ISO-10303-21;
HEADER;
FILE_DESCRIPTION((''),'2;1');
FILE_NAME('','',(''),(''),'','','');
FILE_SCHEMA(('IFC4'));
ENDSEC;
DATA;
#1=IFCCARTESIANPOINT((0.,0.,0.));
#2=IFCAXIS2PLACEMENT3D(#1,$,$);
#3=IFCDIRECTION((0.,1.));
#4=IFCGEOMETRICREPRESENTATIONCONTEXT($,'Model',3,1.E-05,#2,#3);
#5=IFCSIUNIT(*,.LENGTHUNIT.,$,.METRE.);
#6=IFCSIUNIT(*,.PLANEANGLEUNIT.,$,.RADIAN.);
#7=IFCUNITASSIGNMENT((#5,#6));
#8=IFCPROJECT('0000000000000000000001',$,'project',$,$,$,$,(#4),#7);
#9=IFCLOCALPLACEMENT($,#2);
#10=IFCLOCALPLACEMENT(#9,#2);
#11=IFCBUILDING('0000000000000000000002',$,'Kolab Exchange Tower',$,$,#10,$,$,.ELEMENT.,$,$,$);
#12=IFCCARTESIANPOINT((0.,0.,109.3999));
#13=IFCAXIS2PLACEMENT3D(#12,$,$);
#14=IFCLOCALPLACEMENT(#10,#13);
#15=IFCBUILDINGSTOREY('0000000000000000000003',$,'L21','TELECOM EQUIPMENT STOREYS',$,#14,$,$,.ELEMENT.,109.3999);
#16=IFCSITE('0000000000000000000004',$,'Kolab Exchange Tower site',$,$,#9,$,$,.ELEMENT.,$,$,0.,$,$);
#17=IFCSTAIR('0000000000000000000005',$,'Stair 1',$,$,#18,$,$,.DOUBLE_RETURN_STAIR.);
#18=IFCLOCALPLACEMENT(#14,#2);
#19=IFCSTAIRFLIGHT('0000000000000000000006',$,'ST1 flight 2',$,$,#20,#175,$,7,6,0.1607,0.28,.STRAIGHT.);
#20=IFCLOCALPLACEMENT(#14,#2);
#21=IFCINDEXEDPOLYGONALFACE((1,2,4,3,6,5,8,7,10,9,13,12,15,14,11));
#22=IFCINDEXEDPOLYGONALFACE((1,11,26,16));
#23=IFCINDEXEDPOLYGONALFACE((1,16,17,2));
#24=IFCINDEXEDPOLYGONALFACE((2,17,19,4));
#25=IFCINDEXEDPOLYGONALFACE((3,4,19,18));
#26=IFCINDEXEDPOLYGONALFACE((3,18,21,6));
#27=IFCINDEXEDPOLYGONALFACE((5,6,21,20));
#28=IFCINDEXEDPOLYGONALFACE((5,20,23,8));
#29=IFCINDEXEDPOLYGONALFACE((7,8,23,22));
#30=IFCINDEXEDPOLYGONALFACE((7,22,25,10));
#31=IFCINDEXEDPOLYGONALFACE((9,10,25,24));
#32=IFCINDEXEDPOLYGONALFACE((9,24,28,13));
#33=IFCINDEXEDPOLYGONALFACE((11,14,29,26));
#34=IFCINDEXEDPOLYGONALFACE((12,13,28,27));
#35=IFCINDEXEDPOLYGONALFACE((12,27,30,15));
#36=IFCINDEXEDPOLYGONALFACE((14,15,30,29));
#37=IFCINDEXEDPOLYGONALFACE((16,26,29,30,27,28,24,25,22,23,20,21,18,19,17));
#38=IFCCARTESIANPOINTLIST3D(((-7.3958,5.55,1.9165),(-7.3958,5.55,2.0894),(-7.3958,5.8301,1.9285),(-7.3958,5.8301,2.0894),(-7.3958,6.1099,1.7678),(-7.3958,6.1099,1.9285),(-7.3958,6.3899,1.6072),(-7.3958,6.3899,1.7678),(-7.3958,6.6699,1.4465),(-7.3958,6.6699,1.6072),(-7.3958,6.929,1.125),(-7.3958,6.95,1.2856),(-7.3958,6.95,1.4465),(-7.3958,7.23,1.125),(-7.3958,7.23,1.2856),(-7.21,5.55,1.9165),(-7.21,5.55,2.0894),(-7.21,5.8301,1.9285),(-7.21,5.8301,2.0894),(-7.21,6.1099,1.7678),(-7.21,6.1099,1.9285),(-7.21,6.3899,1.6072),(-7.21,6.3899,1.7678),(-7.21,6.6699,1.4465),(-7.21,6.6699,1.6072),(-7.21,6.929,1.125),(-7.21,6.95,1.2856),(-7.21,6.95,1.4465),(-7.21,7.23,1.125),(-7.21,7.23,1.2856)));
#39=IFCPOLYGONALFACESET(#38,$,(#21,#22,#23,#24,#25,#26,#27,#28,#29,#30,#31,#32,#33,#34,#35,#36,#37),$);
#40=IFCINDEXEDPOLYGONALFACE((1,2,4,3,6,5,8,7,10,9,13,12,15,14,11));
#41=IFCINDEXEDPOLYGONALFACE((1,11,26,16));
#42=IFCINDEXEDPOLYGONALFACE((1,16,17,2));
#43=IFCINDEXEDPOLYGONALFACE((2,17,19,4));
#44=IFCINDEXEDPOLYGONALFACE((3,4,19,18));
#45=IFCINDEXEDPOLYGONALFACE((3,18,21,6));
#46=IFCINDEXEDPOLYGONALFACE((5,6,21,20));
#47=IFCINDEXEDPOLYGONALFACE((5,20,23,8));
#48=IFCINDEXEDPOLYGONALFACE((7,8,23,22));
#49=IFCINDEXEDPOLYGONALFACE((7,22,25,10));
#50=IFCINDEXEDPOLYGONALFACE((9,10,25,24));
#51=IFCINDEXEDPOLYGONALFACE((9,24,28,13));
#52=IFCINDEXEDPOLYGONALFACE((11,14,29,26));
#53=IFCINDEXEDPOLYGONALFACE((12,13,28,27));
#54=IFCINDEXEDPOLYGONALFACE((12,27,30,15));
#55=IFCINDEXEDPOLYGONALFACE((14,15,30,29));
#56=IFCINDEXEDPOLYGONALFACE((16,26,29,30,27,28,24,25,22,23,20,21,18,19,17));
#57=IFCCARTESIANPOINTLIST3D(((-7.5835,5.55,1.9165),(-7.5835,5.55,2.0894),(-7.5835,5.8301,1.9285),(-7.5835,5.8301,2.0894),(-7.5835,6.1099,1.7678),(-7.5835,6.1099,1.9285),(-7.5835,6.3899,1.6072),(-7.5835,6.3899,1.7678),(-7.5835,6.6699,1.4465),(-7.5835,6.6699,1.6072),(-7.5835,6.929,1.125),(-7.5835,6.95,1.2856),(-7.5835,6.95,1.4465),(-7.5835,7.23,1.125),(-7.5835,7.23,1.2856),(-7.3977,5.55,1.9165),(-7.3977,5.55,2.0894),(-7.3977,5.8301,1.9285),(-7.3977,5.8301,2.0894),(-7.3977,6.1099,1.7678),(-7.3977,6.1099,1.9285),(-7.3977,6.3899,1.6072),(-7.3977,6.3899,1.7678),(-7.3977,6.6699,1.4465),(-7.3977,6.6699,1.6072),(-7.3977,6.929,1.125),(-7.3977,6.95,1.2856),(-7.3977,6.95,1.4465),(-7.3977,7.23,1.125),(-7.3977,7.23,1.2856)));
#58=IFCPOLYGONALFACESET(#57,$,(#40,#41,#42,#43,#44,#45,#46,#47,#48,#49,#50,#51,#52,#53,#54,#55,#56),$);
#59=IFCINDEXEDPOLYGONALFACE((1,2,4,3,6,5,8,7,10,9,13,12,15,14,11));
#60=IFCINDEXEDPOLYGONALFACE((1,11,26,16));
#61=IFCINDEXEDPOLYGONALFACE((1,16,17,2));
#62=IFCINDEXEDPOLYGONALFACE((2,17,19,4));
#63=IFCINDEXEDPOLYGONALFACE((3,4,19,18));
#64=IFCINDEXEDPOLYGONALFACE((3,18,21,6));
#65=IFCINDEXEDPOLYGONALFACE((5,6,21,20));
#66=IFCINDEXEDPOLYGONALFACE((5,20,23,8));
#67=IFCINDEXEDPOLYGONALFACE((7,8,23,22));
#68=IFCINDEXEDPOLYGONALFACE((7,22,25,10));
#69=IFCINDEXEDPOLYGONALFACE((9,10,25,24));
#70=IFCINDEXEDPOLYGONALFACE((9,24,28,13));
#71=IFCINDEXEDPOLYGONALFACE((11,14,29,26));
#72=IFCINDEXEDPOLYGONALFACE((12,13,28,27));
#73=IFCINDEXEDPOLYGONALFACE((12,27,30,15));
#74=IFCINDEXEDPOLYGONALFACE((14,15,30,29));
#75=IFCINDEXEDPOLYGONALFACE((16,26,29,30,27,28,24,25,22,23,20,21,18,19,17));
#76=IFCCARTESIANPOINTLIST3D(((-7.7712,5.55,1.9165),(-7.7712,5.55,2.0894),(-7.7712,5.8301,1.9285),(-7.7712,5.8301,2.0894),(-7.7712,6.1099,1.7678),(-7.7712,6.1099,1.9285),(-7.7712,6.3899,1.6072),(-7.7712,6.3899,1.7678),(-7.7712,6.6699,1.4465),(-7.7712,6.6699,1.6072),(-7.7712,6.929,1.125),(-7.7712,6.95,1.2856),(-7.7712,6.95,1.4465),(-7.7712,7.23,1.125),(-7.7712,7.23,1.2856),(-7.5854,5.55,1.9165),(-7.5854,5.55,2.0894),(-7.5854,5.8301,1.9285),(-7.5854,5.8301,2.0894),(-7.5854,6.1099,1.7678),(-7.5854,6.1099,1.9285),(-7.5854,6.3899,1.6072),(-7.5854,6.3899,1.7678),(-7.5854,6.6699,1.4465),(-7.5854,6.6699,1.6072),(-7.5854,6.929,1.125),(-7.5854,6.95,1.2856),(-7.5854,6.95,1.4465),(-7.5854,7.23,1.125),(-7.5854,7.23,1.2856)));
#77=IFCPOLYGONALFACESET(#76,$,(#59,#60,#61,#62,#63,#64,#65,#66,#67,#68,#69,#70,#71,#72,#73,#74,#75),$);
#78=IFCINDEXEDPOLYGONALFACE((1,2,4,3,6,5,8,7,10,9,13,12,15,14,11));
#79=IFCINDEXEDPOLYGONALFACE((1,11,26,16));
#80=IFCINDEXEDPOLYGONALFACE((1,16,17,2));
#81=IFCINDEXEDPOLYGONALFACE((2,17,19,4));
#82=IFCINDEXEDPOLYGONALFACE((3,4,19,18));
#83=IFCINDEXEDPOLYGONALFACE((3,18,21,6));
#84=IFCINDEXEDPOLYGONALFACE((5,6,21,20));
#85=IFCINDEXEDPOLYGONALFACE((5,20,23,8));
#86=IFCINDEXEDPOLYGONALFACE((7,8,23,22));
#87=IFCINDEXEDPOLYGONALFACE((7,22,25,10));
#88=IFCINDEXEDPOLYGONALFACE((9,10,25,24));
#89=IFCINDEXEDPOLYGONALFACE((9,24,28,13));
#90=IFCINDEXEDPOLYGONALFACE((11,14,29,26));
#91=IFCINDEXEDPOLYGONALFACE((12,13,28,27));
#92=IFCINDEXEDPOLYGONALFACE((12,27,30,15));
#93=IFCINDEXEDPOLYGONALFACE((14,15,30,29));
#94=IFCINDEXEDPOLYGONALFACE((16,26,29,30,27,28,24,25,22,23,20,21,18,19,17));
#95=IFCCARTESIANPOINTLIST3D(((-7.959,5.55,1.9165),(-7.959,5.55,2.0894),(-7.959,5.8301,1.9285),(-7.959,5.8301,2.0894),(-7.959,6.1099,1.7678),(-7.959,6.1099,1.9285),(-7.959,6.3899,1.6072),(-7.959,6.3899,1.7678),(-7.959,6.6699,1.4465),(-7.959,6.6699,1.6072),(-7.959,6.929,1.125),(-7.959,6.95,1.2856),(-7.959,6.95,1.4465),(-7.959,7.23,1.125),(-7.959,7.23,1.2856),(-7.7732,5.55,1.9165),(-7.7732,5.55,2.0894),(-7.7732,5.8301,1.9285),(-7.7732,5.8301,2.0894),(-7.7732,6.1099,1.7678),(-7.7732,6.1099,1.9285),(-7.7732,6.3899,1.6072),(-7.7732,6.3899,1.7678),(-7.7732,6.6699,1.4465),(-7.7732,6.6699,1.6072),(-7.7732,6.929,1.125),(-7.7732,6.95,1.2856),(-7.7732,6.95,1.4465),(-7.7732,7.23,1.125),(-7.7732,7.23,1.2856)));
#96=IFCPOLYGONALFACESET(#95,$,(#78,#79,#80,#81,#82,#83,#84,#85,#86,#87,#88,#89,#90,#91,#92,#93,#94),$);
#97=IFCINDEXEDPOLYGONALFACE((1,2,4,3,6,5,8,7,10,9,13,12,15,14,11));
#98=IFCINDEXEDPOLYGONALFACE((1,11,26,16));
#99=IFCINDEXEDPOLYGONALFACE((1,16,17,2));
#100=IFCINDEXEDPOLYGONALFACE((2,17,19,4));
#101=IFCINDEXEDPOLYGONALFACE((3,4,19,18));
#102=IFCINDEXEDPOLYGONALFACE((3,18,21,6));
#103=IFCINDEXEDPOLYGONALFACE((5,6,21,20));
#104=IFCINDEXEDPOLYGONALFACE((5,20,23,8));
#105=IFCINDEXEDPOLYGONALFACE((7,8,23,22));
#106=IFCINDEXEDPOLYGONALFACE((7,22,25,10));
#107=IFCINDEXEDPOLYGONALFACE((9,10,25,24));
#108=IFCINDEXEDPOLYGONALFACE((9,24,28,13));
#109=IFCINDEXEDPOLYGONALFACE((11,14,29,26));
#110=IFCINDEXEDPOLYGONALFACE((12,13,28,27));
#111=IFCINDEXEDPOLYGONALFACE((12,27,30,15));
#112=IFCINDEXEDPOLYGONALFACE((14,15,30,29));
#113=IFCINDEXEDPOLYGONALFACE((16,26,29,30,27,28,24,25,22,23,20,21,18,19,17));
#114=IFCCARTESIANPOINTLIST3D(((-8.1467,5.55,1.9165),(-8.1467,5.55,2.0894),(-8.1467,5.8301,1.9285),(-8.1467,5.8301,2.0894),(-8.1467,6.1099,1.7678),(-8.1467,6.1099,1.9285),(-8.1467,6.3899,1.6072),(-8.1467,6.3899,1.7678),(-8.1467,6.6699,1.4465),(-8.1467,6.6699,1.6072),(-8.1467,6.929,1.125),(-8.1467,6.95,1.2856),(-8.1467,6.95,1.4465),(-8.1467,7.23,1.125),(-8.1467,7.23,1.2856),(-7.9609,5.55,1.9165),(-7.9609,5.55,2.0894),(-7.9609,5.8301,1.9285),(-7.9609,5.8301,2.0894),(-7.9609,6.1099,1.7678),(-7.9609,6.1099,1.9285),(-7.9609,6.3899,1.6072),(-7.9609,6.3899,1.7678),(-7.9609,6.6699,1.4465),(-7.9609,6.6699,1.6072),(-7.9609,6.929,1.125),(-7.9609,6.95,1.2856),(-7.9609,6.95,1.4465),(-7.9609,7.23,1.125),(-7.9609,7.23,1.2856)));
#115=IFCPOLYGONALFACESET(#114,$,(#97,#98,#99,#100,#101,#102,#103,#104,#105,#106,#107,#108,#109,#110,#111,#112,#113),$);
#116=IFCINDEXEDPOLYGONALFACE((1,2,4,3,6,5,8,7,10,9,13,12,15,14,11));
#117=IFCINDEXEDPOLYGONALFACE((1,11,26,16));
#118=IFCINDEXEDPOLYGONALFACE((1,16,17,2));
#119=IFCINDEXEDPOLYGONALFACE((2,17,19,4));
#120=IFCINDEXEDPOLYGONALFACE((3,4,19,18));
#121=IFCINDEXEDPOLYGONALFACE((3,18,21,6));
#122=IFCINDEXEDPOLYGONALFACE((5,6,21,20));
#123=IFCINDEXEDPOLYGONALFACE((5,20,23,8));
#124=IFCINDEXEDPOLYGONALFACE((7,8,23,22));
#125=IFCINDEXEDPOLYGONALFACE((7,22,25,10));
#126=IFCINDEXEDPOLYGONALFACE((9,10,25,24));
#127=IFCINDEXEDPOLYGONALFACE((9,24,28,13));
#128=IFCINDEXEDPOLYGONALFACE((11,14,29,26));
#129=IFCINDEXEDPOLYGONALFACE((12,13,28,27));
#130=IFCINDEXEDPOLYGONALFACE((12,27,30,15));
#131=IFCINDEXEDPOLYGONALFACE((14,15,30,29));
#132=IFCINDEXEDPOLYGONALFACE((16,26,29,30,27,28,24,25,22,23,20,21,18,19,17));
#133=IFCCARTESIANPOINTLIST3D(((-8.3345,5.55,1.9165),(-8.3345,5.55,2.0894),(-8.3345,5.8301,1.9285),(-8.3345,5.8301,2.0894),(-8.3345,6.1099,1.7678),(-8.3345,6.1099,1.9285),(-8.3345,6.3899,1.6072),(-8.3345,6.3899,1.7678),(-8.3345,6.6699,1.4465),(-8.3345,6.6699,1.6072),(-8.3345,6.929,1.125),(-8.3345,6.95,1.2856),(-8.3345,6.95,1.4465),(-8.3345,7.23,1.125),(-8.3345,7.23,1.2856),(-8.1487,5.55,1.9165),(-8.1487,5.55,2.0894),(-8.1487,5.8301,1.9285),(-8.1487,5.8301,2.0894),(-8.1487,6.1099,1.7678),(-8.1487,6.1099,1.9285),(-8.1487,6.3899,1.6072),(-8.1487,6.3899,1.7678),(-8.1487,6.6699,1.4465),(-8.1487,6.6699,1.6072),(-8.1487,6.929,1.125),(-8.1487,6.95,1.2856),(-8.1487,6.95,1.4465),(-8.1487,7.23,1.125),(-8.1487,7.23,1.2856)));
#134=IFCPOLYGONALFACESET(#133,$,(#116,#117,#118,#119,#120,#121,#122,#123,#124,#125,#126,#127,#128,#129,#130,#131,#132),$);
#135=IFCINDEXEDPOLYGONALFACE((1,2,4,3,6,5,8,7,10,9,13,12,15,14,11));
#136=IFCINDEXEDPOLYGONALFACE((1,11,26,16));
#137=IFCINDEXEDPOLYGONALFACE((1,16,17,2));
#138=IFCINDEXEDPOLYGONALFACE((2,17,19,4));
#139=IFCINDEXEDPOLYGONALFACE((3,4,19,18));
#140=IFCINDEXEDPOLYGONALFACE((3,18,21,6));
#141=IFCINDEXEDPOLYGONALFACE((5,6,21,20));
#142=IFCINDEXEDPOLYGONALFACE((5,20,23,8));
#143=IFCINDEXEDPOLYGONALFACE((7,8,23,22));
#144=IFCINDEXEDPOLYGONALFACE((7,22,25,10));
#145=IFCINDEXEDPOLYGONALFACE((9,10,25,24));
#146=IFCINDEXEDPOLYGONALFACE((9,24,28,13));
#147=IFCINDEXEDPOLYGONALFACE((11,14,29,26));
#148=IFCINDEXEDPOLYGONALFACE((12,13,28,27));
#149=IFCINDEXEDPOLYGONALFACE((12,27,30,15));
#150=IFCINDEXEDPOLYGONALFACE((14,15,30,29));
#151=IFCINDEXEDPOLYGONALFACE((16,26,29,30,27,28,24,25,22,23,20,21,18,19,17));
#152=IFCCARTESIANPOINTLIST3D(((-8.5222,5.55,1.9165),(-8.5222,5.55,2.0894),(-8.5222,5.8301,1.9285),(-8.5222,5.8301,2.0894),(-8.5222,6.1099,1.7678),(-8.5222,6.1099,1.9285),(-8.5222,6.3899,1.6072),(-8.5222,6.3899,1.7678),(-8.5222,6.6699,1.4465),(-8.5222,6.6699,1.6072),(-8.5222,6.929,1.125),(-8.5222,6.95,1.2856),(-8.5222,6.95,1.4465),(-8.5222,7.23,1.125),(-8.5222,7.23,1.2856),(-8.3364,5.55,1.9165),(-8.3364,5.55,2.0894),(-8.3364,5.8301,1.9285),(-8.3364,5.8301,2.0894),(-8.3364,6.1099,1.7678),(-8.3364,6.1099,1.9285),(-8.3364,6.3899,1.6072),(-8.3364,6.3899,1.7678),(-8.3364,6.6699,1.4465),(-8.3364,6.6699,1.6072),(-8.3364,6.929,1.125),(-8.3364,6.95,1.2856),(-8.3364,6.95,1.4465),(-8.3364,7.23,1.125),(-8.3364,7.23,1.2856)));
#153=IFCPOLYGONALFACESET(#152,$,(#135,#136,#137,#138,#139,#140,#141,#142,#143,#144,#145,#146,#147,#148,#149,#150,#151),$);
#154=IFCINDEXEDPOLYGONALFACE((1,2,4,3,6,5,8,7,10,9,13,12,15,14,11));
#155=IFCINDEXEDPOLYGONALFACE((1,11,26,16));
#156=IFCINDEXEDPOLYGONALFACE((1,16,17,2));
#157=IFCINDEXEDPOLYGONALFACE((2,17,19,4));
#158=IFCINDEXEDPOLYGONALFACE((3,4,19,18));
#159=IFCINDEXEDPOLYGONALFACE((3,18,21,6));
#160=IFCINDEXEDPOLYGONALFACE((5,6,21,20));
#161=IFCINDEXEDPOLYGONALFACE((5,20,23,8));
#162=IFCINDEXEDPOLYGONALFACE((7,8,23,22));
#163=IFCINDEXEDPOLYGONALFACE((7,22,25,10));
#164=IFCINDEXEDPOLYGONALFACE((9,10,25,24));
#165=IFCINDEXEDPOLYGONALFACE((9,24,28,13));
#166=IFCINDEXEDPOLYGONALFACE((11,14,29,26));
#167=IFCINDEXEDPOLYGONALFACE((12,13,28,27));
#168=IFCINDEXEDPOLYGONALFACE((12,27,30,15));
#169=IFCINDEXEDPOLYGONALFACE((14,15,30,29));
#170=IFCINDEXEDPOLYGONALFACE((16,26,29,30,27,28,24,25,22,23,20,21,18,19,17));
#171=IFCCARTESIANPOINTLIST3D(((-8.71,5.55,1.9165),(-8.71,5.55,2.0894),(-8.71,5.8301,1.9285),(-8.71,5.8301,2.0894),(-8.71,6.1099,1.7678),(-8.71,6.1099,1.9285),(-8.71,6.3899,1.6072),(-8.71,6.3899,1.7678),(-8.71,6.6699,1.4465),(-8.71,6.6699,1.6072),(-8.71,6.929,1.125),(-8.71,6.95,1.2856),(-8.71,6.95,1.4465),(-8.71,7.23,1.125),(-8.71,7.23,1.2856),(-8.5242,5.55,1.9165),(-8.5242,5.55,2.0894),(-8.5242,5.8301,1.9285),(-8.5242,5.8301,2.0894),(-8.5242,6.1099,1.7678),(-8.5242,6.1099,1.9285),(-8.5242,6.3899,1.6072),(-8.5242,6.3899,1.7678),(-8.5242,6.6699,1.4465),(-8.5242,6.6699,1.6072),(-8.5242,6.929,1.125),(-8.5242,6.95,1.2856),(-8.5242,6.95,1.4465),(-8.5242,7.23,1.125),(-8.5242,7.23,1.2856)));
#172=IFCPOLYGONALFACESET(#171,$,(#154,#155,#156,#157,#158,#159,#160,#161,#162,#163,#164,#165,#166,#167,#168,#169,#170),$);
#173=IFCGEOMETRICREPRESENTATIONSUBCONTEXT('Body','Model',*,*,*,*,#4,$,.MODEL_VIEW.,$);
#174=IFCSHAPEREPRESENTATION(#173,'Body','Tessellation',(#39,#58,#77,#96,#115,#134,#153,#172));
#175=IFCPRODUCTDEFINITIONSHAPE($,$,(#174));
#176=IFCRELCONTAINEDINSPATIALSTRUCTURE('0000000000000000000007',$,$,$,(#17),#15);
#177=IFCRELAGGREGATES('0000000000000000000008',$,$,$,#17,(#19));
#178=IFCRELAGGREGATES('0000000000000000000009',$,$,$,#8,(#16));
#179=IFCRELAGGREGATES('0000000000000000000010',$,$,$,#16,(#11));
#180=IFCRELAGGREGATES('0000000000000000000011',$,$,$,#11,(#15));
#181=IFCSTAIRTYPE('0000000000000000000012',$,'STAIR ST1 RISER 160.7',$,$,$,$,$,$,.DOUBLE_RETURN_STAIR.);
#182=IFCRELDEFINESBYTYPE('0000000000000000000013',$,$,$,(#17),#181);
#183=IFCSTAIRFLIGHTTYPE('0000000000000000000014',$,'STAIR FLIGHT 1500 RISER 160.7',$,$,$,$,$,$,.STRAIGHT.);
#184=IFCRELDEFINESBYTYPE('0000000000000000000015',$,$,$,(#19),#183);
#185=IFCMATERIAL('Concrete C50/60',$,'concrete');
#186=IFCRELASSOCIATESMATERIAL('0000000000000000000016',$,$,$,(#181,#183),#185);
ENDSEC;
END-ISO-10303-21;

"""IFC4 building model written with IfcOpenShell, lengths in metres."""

from ifc_helpers import new_model, si_unit, direction, frame, origin, place, context, subcontext, project, spatial, polyline, outline, extrude, material, type_object, element, aggregate, save


model = new_model("IFC4")

# Units and contexts
model_context = context("Model", 3, precision=1e-05, world=origin(), true_north=direction((0.0, 1.0)))
body_context = subcontext(model_context, "Body", "Model", "MODEL_VIEW")
ifc_project = project(units=[si_unit("LENGTHUNIT", "METRE"), si_unit("PLANEANGLEUNIT", "RADIAN")], contexts=[model_context])

# Site, building, storey
site_placement = place(None, origin())
site = spatial("IfcSite", under=ifc_project, at=site_placement, Name="Kolab Exchange Tower site", CompositionType="ELEMENT", RefElevation=0.0)
building_placement = place(site_placement, origin())
building = spatial("IfcBuilding", under=site, at=building_placement, Name="Kolab Exchange Tower", CompositionType="ELEMENT")
storey_placement = place(building_placement, frame((0.0, 0.0, 109.3999)))
storey = spatial("IfcBuildingStorey", under=building, at=storey_placement, Name="L21", Description="TELECOM EQUIPMENT STOREYS", CompositionType="ELEMENT", Elevation=109.3999)

# Shared definitions
ifc_material_1 = material(Name="Concrete C50/60", Category="concrete")

# Stair, stair flight
stair_type = type_object("IfcStairType", Name="STAIR ST1 RISER 160.7", PredefinedType="DOUBLE_RETURN_STAIR", material=ifc_material_1)
stair_placement = place(storey_placement, origin())
stair = element("IfcStair", 1, at=stair_placement, inside=storey, type_object=stair_type, Name="Stair 1", PredefinedType="DOUBLE_RETURN_STAIR")
stair_flight_type = type_object("IfcStairFlightType", Name="STAIR FLIGHT 1500 RISER 160.7", PredefinedType="STRAIGHT", material=ifc_material_1)
stair_flight_1_placement = place(storey_placement, frame((-7.96, 7.23, 1.125), z_axis=(0.0, 0.0, 1.0), x_axis=(0.0, -1.0, 0.0)))
stair_flight_1 = element("IfcStairFlight", 2, at=stair_flight_1_placement, type_object=stair_flight_type, Name="ST1 flight 2", NumberOfRisers=7, NumberOfTreads=6, PredefinedType="STRAIGHT", RiserHeight=0.1607, TreadLength=0.28, context=body_context, shape_type="SweptSolid", body=[
    extrude(outline(polyline([(0.0, 0.0), (0.0, 0.1606), (0.28, 0.1606), (0.28, 0.3215), (0.5601, 0.3215), (0.5601, 0.4822), (0.8401, 0.4822), (0.8401, 0.6428), (1.1201, 0.6428), (1.1201, 0.8035), (1.3999, 0.8035), (1.3999, 0.9644), (1.6799, 0.9644), (1.6799, 1.125), (1.6799, 0.7915), (0.301, 0.0), (0.0, 0.0)])), frame((0.0, 0.75, 0.0), z_axis=(0.0, -1.0, 0.0), x_axis=(1.0, 0.0, 0.0)), (0.0, 0.0, 1.0), 0.1858),
    extrude(outline(polyline([(0.0, 0.0), (0.0, 0.1606), (0.28, 0.1606), (0.28, 0.3215), (0.5601, 0.3215), (0.5601, 0.4822), (0.8401, 0.4822), (0.8401, 0.6428), (1.1201, 0.6428), (1.1201, 0.8035), (1.3999, 0.8035), (1.3999, 0.9644), (1.6799, 0.9644), (1.6799, 1.125), (1.6799, 0.7915), (0.301, 0.0), (0.0, 0.0)])), frame((0.0, 0.5623, 0.0), z_axis=(0.0, -1.0, 0.0), x_axis=(1.0, 0.0, 0.0)), (0.0, 0.0, 1.0), 0.1858),
    extrude(outline(polyline([(0.0, 0.0), (0.0, 0.1606), (0.28, 0.1606), (0.28, 0.3215), (0.5601, 0.3215), (0.5601, 0.4822), (0.8401, 0.4822), (0.8401, 0.6428), (1.1201, 0.6428), (1.1201, 0.8035), (1.3999, 0.8035), (1.3999, 0.9644), (1.6799, 0.9644), (1.6799, 1.125), (1.6799, 0.7915), (0.301, 0.0), (0.0, 0.0)])), frame((0.0, 0.3745, 0.0), z_axis=(0.0, -1.0, 0.0), x_axis=(1.0, 0.0, 0.0)), (0.0, 0.0, 1.0), 0.1858),
    extrude(outline(polyline([(0.0, 0.0), (0.0, 0.1606), (0.28, 0.1606), (0.28, 0.3215), (0.5601, 0.3215), (0.5601, 0.4822), (0.8401, 0.4822), (0.8401, 0.6428), (1.1201, 0.6428), (1.1201, 0.8035), (1.3999, 0.8035), (1.3999, 0.9644), (1.6799, 0.9644), (1.6799, 1.125), (1.6799, 0.7915), (0.301, 0.0), (0.0, 0.0)])), frame((0.0, 0.1868, 0.0), z_axis=(0.0, -1.0, 0.0), x_axis=(1.0, 0.0, 0.0)), (0.0, 0.0, 1.0), 0.1858),
    extrude(outline(polyline([(0.0, 0.0), (0.0, 0.1606), (0.28, 0.1606), (0.28, 0.3215), (0.5601, 0.3215), (0.5601, 0.4822), (0.8401, 0.4822), (0.8401, 0.6428), (1.1201, 0.6428), (1.1201, 0.8035), (1.3999, 0.8035), (1.3999, 0.9644), (1.6799, 0.9644), (1.6799, 1.125), (1.6799, 0.7915), (0.301, 0.0), (0.0, 0.0)])), frame((0.0, -0.001, 0.0), z_axis=(0.0, -1.0, 0.0), x_axis=(1.0, 0.0, 0.0)), (0.0, 0.0, 1.0), 0.1858),
    extrude(outline(polyline([(0.0, 0.0), (0.0, 0.1606), (0.28, 0.1606), (0.28, 0.3215), (0.5601, 0.3215), (0.5601, 0.4822), (0.8401, 0.4822), (0.8401, 0.6428), (1.1201, 0.6428), (1.1201, 0.8035), (1.3999, 0.8035), (1.3999, 0.9644), (1.6799, 0.9644), (1.6799, 1.125), (1.6799, 0.7915), (0.301, 0.0), (0.0, 0.0)])), frame((0.0, -0.1887, 0.0), z_axis=(0.0, -1.0, 0.0), x_axis=(1.0, 0.0, 0.0)), (0.0, 0.0, 1.0), 0.1858),
    extrude(outline(polyline([(0.0, 0.0), (0.0, 0.1606), (0.28, 0.1606), (0.28, 0.3215), (0.5601, 0.3215), (0.5601, 0.4822), (0.8401, 0.4822), (0.8401, 0.6428), (1.1201, 0.6428), (1.1201, 0.8035), (1.3999, 0.8035), (1.3999, 0.9644), (1.6799, 0.9644), (1.6799, 1.125), (1.6799, 0.7915), (0.301, 0.0), (0.0, 0.0)])), frame((0.0, -0.3765, 0.0), z_axis=(0.0, -1.0, 0.0), x_axis=(1.0, 0.0, 0.0)), (0.0, 0.0, 1.0), 0.1858),
    extrude(outline(polyline([(0.0, 0.0), (0.0, 0.1606), (0.28, 0.1606), (0.28, 0.3215), (0.5601, 0.3215), (0.5601, 0.4822), (0.8401, 0.4822), (0.8401, 0.6428), (1.1201, 0.6428), (1.1201, 0.8035), (1.3999, 0.8035), (1.3999, 0.9644), (1.6799, 0.9644), (1.6799, 1.125), (1.6799, 0.7915), (0.301, 0.0), (0.0, 0.0)])), frame((0.0, -0.5642, 0.0), z_axis=(0.0, -1.0, 0.0), x_axis=(1.0, 0.0, 0.0)), (0.0, 0.0, 1.0), 0.1858),
])
aggregate(stair, [stair_flight_1])

save(model, "model.ifc")
